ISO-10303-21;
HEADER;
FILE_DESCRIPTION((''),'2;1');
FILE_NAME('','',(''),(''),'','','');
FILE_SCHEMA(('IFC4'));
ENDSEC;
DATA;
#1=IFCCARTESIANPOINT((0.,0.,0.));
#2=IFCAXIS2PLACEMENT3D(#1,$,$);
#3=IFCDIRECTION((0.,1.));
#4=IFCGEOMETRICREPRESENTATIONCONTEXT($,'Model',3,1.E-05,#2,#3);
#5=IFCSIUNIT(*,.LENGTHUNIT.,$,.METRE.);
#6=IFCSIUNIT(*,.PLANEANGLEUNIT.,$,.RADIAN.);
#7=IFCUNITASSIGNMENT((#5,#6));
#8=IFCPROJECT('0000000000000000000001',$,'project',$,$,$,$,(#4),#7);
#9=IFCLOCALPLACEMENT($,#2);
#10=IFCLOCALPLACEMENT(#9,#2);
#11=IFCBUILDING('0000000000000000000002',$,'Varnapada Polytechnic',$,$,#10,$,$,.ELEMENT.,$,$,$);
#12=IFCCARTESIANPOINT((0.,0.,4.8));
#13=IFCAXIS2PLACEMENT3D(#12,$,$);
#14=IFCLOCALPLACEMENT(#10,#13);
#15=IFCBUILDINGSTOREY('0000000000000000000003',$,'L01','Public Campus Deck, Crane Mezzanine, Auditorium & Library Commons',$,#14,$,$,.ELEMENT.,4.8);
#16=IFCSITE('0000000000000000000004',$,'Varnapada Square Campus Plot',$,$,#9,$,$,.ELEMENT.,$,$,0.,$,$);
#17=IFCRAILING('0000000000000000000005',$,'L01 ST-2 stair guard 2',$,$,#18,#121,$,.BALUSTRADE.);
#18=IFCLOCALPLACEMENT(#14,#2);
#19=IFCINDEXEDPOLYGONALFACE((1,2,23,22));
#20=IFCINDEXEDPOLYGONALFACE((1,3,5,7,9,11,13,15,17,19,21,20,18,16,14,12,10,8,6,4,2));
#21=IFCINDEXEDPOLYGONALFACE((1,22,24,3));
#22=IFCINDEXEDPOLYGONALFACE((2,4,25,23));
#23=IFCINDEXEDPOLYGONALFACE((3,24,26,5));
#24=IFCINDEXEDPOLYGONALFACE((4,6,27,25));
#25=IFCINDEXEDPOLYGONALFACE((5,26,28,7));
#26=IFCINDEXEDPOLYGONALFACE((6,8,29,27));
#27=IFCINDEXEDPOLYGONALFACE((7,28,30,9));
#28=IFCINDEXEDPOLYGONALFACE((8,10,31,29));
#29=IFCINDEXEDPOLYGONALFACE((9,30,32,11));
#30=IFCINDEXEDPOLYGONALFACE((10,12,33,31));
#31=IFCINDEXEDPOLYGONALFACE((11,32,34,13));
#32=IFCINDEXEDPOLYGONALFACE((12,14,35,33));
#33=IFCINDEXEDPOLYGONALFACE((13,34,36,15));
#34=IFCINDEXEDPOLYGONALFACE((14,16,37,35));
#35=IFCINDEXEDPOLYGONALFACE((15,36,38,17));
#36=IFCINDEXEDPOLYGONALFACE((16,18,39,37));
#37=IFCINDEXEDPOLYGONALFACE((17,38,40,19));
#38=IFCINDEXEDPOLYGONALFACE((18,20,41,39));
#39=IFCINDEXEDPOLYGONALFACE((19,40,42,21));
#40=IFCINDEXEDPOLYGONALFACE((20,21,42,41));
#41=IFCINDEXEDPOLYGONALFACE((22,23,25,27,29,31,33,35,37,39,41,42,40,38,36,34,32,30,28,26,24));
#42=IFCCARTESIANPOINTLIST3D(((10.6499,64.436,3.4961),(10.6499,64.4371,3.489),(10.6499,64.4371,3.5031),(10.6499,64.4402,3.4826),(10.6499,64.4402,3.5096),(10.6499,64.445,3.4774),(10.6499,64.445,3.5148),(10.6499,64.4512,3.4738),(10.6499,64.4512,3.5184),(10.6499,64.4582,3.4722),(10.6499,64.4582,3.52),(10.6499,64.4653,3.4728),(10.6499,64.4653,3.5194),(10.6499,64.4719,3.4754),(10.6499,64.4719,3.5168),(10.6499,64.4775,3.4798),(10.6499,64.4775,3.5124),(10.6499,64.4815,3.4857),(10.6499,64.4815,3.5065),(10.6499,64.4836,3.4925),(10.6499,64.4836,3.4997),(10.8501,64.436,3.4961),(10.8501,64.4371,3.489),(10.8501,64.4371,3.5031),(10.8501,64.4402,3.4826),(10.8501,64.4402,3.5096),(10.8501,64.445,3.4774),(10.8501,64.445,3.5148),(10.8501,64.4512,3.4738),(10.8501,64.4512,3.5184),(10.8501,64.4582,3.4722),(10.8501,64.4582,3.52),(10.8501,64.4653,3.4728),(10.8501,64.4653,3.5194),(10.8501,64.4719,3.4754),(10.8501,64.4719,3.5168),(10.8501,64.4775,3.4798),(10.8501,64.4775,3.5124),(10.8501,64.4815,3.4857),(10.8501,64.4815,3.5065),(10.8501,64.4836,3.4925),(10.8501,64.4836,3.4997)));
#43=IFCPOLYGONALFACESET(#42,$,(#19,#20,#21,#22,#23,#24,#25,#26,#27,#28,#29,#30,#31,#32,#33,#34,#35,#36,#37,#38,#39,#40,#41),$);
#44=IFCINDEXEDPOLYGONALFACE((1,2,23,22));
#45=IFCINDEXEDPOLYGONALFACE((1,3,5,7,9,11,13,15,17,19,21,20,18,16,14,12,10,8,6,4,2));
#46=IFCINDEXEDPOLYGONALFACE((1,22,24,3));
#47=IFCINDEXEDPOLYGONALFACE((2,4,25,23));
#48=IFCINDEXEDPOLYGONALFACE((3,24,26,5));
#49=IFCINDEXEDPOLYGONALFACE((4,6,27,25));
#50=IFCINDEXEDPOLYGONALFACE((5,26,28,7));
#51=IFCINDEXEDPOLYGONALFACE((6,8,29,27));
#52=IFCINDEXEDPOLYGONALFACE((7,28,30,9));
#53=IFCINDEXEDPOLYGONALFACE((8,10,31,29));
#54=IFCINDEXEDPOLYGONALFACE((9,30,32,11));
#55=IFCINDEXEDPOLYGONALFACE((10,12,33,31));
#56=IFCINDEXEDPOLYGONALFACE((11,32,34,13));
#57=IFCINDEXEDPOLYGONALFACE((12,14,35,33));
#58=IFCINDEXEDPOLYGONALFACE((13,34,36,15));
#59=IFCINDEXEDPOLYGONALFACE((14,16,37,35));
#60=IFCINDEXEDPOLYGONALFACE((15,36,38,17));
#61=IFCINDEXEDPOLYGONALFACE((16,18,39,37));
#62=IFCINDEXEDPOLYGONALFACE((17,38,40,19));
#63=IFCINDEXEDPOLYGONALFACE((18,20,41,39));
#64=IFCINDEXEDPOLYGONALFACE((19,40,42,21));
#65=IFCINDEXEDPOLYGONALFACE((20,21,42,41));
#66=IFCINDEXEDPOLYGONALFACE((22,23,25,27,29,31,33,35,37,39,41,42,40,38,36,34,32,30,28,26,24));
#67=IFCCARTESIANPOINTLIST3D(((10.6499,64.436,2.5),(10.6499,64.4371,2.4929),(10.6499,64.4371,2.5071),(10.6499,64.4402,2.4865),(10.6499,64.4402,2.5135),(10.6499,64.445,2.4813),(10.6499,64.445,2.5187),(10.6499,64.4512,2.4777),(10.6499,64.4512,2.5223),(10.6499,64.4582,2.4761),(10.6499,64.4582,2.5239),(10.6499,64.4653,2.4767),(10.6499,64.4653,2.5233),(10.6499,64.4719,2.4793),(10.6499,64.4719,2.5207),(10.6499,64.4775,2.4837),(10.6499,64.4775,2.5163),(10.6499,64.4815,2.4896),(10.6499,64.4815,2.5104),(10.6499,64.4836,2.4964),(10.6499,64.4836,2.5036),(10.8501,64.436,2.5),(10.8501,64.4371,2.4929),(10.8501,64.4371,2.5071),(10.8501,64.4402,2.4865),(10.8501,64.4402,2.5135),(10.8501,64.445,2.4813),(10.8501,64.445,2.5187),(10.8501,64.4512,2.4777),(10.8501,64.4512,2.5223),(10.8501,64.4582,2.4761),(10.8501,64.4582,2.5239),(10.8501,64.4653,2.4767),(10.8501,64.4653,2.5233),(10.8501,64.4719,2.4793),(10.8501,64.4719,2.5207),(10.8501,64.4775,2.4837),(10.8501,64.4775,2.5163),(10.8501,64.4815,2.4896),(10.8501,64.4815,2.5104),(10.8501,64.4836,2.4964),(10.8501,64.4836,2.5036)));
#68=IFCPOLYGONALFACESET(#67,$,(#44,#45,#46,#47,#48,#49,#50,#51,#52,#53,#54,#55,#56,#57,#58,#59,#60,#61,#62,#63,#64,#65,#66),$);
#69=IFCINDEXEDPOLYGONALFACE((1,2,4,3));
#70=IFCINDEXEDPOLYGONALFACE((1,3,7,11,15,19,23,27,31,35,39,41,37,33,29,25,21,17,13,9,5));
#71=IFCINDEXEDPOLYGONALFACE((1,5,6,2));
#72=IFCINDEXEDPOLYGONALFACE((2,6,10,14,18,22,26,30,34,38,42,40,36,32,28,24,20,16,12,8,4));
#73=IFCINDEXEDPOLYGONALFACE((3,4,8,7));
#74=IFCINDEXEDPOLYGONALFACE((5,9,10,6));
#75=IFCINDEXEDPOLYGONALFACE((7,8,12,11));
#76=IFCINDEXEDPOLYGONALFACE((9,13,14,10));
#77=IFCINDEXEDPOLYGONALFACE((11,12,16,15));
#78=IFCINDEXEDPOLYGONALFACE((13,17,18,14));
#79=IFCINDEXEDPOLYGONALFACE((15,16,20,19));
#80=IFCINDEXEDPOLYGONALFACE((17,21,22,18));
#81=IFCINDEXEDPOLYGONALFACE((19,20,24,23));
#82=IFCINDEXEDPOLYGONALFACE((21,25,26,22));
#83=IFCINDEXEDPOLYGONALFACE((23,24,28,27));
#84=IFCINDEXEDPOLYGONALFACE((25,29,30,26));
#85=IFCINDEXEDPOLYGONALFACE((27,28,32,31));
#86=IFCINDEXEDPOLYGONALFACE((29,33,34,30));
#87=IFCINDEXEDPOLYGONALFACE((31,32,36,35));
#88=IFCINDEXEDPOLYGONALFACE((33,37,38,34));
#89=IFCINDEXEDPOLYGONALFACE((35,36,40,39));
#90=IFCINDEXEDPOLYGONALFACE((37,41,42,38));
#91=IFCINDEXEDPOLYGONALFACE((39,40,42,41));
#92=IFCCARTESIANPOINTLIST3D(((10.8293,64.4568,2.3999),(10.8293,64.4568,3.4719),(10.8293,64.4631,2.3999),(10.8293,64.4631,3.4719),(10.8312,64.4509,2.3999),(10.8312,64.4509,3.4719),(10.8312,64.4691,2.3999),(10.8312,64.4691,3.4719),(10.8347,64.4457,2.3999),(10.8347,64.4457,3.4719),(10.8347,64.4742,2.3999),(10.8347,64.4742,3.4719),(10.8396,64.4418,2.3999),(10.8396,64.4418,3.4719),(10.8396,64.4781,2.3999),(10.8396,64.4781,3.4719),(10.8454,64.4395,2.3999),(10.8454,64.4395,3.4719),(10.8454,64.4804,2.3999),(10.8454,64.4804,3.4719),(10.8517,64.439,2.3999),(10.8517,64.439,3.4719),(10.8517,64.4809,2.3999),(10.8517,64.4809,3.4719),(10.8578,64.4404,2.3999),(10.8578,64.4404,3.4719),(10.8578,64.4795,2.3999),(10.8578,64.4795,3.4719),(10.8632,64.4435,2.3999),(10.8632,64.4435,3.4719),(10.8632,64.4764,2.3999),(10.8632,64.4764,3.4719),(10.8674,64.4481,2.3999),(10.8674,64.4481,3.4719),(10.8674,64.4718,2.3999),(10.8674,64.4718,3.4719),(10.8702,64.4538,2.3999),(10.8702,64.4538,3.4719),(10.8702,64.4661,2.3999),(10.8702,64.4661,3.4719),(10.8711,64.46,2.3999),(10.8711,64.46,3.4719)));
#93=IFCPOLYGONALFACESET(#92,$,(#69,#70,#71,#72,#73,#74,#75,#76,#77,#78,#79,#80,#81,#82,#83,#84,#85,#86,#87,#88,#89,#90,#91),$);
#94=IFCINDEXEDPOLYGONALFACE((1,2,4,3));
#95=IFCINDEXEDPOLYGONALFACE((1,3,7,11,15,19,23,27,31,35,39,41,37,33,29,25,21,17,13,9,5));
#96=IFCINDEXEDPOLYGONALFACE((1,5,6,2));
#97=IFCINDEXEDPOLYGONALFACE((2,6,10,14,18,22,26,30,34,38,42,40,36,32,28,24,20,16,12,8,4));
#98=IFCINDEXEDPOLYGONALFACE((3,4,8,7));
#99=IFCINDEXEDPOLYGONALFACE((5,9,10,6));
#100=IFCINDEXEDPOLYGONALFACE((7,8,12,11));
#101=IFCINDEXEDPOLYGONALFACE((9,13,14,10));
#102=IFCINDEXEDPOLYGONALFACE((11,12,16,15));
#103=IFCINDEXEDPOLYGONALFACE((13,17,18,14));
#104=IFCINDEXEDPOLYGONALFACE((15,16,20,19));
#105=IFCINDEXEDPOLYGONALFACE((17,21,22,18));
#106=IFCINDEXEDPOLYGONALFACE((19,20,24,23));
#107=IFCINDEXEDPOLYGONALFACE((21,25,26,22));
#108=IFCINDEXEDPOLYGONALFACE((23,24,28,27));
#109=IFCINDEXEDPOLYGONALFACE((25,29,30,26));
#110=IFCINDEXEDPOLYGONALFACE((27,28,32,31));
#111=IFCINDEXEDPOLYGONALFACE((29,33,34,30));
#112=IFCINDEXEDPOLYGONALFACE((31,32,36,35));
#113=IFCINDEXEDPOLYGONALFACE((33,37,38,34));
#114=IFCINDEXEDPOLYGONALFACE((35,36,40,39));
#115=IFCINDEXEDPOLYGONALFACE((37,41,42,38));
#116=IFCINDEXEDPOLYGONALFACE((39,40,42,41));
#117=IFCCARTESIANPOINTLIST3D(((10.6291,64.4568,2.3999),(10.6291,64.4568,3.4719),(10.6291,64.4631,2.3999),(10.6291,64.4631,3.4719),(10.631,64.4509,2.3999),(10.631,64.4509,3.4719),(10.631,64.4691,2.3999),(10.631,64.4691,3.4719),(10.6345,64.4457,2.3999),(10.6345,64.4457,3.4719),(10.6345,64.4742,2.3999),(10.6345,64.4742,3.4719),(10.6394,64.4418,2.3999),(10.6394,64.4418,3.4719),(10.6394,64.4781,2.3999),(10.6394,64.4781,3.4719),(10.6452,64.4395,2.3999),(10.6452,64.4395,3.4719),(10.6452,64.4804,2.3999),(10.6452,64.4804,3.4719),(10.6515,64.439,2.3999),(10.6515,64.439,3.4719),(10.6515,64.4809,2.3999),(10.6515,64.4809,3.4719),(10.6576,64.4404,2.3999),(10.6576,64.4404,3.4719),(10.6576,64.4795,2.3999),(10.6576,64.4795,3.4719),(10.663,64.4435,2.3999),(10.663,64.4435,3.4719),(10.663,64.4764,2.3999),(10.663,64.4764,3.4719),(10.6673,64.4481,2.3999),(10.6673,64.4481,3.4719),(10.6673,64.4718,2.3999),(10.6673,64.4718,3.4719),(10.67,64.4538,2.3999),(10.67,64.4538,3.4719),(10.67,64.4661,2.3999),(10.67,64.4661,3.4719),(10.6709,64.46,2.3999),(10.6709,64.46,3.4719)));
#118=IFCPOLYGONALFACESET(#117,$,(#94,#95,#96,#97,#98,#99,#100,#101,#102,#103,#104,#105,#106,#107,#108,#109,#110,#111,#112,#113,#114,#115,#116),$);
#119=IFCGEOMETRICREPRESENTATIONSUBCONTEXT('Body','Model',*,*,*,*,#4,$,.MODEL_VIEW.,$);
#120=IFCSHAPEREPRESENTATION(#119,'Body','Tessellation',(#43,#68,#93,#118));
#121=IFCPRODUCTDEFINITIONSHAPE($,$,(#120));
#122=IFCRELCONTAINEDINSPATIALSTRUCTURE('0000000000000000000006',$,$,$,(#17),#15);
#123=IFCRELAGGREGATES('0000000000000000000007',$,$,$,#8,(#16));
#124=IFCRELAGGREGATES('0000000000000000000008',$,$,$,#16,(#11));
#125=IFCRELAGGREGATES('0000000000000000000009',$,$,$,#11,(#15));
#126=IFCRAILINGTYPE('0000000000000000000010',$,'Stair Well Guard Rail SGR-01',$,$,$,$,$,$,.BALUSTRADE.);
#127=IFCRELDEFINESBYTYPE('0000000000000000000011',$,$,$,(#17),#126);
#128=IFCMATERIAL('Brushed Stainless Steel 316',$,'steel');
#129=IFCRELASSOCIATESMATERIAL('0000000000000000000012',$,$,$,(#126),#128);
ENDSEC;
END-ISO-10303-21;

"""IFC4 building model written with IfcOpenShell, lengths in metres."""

from ifc_helpers import new_model, si_unit, direction, frame, origin, origin_2d, place, context, subcontext, project, spatial, circle, extrude, material, type_object, element, save


model = new_model("IFC4")

# Units and contexts
model_context = context("Model", 3, precision=1e-05, world=origin(), true_north=direction((0.0, 1.0)))
body_context = subcontext(model_context, "Body", "Model", "MODEL_VIEW")
ifc_project = project(units=[si_unit("LENGTHUNIT", "METRE"), si_unit("PLANEANGLEUNIT", "RADIAN")], contexts=[model_context])

# Site, building, storey
site_placement = place(None, origin())
site = spatial("IfcSite", under=ifc_project, at=site_placement, Name="Varnapada Square Campus Plot", CompositionType="ELEMENT", RefElevation=0.0)
building_placement = place(site_placement, origin())
building = spatial("IfcBuilding", under=site, at=building_placement, Name="Varnapada Polytechnic", CompositionType="ELEMENT")
storey_placement = place(building_placement, frame((0.0, 0.0, 4.8)))
storey = spatial("IfcBuildingStorey", under=building, at=storey_placement, Name="L01", Description="Public Campus Deck, Crane Mezzanine, Auditorium & Library Commons", CompositionType="ELEMENT", Elevation=4.8)

# Shared definitions
ifc_material_1 = material(Name="Brushed Stainless Steel 316", Category="steel")

# Railing
railing_type_1 = type_object("IfcRailingType", Name="Stair Well Guard Rail SGR-01", PredefinedType="BALUSTRADE", material=ifc_material_1)
railing_1_placement = place(storey_placement, frame((10.8501, 64.46, 2.3999)))
element("IfcRailing", 1, at=railing_1_placement, inside=storey, type_object=railing_type_1, Name="L01 ST-2 stair guard 2", PredefinedType="BALUSTRADE", context=body_context, shape_type="SweptSolid", body=[
    extrude(circle(Radius=0.0239, at=origin_2d()), frame((0.0, 0.0, 1.0962), z_axis=(-1.0, 0.0, 0.0), x_axis=(0.0, -1.0, 0.0)), (0.0, 0.0, 1.0), 0.2002),
    extrude(circle(Radius=0.0239, at=origin_2d()), frame((0.0, 0.0, 0.1001), z_axis=(-1.0, 0.0, 0.0), x_axis=(0.0, -1.0, 0.0)), (0.0, 0.0, 1.0), 0.2002),
    extrude(circle(Radius=0.021, at=origin_2d()), origin(), (0.0, 0.0, 1.0), 1.072),
    extrude(circle(Radius=0.021, at=origin_2d()), frame((-0.2002, 0.0, 0.0)), (0.0, 0.0, 1.0), 1.072),
])

save(model, "model.ifc")
